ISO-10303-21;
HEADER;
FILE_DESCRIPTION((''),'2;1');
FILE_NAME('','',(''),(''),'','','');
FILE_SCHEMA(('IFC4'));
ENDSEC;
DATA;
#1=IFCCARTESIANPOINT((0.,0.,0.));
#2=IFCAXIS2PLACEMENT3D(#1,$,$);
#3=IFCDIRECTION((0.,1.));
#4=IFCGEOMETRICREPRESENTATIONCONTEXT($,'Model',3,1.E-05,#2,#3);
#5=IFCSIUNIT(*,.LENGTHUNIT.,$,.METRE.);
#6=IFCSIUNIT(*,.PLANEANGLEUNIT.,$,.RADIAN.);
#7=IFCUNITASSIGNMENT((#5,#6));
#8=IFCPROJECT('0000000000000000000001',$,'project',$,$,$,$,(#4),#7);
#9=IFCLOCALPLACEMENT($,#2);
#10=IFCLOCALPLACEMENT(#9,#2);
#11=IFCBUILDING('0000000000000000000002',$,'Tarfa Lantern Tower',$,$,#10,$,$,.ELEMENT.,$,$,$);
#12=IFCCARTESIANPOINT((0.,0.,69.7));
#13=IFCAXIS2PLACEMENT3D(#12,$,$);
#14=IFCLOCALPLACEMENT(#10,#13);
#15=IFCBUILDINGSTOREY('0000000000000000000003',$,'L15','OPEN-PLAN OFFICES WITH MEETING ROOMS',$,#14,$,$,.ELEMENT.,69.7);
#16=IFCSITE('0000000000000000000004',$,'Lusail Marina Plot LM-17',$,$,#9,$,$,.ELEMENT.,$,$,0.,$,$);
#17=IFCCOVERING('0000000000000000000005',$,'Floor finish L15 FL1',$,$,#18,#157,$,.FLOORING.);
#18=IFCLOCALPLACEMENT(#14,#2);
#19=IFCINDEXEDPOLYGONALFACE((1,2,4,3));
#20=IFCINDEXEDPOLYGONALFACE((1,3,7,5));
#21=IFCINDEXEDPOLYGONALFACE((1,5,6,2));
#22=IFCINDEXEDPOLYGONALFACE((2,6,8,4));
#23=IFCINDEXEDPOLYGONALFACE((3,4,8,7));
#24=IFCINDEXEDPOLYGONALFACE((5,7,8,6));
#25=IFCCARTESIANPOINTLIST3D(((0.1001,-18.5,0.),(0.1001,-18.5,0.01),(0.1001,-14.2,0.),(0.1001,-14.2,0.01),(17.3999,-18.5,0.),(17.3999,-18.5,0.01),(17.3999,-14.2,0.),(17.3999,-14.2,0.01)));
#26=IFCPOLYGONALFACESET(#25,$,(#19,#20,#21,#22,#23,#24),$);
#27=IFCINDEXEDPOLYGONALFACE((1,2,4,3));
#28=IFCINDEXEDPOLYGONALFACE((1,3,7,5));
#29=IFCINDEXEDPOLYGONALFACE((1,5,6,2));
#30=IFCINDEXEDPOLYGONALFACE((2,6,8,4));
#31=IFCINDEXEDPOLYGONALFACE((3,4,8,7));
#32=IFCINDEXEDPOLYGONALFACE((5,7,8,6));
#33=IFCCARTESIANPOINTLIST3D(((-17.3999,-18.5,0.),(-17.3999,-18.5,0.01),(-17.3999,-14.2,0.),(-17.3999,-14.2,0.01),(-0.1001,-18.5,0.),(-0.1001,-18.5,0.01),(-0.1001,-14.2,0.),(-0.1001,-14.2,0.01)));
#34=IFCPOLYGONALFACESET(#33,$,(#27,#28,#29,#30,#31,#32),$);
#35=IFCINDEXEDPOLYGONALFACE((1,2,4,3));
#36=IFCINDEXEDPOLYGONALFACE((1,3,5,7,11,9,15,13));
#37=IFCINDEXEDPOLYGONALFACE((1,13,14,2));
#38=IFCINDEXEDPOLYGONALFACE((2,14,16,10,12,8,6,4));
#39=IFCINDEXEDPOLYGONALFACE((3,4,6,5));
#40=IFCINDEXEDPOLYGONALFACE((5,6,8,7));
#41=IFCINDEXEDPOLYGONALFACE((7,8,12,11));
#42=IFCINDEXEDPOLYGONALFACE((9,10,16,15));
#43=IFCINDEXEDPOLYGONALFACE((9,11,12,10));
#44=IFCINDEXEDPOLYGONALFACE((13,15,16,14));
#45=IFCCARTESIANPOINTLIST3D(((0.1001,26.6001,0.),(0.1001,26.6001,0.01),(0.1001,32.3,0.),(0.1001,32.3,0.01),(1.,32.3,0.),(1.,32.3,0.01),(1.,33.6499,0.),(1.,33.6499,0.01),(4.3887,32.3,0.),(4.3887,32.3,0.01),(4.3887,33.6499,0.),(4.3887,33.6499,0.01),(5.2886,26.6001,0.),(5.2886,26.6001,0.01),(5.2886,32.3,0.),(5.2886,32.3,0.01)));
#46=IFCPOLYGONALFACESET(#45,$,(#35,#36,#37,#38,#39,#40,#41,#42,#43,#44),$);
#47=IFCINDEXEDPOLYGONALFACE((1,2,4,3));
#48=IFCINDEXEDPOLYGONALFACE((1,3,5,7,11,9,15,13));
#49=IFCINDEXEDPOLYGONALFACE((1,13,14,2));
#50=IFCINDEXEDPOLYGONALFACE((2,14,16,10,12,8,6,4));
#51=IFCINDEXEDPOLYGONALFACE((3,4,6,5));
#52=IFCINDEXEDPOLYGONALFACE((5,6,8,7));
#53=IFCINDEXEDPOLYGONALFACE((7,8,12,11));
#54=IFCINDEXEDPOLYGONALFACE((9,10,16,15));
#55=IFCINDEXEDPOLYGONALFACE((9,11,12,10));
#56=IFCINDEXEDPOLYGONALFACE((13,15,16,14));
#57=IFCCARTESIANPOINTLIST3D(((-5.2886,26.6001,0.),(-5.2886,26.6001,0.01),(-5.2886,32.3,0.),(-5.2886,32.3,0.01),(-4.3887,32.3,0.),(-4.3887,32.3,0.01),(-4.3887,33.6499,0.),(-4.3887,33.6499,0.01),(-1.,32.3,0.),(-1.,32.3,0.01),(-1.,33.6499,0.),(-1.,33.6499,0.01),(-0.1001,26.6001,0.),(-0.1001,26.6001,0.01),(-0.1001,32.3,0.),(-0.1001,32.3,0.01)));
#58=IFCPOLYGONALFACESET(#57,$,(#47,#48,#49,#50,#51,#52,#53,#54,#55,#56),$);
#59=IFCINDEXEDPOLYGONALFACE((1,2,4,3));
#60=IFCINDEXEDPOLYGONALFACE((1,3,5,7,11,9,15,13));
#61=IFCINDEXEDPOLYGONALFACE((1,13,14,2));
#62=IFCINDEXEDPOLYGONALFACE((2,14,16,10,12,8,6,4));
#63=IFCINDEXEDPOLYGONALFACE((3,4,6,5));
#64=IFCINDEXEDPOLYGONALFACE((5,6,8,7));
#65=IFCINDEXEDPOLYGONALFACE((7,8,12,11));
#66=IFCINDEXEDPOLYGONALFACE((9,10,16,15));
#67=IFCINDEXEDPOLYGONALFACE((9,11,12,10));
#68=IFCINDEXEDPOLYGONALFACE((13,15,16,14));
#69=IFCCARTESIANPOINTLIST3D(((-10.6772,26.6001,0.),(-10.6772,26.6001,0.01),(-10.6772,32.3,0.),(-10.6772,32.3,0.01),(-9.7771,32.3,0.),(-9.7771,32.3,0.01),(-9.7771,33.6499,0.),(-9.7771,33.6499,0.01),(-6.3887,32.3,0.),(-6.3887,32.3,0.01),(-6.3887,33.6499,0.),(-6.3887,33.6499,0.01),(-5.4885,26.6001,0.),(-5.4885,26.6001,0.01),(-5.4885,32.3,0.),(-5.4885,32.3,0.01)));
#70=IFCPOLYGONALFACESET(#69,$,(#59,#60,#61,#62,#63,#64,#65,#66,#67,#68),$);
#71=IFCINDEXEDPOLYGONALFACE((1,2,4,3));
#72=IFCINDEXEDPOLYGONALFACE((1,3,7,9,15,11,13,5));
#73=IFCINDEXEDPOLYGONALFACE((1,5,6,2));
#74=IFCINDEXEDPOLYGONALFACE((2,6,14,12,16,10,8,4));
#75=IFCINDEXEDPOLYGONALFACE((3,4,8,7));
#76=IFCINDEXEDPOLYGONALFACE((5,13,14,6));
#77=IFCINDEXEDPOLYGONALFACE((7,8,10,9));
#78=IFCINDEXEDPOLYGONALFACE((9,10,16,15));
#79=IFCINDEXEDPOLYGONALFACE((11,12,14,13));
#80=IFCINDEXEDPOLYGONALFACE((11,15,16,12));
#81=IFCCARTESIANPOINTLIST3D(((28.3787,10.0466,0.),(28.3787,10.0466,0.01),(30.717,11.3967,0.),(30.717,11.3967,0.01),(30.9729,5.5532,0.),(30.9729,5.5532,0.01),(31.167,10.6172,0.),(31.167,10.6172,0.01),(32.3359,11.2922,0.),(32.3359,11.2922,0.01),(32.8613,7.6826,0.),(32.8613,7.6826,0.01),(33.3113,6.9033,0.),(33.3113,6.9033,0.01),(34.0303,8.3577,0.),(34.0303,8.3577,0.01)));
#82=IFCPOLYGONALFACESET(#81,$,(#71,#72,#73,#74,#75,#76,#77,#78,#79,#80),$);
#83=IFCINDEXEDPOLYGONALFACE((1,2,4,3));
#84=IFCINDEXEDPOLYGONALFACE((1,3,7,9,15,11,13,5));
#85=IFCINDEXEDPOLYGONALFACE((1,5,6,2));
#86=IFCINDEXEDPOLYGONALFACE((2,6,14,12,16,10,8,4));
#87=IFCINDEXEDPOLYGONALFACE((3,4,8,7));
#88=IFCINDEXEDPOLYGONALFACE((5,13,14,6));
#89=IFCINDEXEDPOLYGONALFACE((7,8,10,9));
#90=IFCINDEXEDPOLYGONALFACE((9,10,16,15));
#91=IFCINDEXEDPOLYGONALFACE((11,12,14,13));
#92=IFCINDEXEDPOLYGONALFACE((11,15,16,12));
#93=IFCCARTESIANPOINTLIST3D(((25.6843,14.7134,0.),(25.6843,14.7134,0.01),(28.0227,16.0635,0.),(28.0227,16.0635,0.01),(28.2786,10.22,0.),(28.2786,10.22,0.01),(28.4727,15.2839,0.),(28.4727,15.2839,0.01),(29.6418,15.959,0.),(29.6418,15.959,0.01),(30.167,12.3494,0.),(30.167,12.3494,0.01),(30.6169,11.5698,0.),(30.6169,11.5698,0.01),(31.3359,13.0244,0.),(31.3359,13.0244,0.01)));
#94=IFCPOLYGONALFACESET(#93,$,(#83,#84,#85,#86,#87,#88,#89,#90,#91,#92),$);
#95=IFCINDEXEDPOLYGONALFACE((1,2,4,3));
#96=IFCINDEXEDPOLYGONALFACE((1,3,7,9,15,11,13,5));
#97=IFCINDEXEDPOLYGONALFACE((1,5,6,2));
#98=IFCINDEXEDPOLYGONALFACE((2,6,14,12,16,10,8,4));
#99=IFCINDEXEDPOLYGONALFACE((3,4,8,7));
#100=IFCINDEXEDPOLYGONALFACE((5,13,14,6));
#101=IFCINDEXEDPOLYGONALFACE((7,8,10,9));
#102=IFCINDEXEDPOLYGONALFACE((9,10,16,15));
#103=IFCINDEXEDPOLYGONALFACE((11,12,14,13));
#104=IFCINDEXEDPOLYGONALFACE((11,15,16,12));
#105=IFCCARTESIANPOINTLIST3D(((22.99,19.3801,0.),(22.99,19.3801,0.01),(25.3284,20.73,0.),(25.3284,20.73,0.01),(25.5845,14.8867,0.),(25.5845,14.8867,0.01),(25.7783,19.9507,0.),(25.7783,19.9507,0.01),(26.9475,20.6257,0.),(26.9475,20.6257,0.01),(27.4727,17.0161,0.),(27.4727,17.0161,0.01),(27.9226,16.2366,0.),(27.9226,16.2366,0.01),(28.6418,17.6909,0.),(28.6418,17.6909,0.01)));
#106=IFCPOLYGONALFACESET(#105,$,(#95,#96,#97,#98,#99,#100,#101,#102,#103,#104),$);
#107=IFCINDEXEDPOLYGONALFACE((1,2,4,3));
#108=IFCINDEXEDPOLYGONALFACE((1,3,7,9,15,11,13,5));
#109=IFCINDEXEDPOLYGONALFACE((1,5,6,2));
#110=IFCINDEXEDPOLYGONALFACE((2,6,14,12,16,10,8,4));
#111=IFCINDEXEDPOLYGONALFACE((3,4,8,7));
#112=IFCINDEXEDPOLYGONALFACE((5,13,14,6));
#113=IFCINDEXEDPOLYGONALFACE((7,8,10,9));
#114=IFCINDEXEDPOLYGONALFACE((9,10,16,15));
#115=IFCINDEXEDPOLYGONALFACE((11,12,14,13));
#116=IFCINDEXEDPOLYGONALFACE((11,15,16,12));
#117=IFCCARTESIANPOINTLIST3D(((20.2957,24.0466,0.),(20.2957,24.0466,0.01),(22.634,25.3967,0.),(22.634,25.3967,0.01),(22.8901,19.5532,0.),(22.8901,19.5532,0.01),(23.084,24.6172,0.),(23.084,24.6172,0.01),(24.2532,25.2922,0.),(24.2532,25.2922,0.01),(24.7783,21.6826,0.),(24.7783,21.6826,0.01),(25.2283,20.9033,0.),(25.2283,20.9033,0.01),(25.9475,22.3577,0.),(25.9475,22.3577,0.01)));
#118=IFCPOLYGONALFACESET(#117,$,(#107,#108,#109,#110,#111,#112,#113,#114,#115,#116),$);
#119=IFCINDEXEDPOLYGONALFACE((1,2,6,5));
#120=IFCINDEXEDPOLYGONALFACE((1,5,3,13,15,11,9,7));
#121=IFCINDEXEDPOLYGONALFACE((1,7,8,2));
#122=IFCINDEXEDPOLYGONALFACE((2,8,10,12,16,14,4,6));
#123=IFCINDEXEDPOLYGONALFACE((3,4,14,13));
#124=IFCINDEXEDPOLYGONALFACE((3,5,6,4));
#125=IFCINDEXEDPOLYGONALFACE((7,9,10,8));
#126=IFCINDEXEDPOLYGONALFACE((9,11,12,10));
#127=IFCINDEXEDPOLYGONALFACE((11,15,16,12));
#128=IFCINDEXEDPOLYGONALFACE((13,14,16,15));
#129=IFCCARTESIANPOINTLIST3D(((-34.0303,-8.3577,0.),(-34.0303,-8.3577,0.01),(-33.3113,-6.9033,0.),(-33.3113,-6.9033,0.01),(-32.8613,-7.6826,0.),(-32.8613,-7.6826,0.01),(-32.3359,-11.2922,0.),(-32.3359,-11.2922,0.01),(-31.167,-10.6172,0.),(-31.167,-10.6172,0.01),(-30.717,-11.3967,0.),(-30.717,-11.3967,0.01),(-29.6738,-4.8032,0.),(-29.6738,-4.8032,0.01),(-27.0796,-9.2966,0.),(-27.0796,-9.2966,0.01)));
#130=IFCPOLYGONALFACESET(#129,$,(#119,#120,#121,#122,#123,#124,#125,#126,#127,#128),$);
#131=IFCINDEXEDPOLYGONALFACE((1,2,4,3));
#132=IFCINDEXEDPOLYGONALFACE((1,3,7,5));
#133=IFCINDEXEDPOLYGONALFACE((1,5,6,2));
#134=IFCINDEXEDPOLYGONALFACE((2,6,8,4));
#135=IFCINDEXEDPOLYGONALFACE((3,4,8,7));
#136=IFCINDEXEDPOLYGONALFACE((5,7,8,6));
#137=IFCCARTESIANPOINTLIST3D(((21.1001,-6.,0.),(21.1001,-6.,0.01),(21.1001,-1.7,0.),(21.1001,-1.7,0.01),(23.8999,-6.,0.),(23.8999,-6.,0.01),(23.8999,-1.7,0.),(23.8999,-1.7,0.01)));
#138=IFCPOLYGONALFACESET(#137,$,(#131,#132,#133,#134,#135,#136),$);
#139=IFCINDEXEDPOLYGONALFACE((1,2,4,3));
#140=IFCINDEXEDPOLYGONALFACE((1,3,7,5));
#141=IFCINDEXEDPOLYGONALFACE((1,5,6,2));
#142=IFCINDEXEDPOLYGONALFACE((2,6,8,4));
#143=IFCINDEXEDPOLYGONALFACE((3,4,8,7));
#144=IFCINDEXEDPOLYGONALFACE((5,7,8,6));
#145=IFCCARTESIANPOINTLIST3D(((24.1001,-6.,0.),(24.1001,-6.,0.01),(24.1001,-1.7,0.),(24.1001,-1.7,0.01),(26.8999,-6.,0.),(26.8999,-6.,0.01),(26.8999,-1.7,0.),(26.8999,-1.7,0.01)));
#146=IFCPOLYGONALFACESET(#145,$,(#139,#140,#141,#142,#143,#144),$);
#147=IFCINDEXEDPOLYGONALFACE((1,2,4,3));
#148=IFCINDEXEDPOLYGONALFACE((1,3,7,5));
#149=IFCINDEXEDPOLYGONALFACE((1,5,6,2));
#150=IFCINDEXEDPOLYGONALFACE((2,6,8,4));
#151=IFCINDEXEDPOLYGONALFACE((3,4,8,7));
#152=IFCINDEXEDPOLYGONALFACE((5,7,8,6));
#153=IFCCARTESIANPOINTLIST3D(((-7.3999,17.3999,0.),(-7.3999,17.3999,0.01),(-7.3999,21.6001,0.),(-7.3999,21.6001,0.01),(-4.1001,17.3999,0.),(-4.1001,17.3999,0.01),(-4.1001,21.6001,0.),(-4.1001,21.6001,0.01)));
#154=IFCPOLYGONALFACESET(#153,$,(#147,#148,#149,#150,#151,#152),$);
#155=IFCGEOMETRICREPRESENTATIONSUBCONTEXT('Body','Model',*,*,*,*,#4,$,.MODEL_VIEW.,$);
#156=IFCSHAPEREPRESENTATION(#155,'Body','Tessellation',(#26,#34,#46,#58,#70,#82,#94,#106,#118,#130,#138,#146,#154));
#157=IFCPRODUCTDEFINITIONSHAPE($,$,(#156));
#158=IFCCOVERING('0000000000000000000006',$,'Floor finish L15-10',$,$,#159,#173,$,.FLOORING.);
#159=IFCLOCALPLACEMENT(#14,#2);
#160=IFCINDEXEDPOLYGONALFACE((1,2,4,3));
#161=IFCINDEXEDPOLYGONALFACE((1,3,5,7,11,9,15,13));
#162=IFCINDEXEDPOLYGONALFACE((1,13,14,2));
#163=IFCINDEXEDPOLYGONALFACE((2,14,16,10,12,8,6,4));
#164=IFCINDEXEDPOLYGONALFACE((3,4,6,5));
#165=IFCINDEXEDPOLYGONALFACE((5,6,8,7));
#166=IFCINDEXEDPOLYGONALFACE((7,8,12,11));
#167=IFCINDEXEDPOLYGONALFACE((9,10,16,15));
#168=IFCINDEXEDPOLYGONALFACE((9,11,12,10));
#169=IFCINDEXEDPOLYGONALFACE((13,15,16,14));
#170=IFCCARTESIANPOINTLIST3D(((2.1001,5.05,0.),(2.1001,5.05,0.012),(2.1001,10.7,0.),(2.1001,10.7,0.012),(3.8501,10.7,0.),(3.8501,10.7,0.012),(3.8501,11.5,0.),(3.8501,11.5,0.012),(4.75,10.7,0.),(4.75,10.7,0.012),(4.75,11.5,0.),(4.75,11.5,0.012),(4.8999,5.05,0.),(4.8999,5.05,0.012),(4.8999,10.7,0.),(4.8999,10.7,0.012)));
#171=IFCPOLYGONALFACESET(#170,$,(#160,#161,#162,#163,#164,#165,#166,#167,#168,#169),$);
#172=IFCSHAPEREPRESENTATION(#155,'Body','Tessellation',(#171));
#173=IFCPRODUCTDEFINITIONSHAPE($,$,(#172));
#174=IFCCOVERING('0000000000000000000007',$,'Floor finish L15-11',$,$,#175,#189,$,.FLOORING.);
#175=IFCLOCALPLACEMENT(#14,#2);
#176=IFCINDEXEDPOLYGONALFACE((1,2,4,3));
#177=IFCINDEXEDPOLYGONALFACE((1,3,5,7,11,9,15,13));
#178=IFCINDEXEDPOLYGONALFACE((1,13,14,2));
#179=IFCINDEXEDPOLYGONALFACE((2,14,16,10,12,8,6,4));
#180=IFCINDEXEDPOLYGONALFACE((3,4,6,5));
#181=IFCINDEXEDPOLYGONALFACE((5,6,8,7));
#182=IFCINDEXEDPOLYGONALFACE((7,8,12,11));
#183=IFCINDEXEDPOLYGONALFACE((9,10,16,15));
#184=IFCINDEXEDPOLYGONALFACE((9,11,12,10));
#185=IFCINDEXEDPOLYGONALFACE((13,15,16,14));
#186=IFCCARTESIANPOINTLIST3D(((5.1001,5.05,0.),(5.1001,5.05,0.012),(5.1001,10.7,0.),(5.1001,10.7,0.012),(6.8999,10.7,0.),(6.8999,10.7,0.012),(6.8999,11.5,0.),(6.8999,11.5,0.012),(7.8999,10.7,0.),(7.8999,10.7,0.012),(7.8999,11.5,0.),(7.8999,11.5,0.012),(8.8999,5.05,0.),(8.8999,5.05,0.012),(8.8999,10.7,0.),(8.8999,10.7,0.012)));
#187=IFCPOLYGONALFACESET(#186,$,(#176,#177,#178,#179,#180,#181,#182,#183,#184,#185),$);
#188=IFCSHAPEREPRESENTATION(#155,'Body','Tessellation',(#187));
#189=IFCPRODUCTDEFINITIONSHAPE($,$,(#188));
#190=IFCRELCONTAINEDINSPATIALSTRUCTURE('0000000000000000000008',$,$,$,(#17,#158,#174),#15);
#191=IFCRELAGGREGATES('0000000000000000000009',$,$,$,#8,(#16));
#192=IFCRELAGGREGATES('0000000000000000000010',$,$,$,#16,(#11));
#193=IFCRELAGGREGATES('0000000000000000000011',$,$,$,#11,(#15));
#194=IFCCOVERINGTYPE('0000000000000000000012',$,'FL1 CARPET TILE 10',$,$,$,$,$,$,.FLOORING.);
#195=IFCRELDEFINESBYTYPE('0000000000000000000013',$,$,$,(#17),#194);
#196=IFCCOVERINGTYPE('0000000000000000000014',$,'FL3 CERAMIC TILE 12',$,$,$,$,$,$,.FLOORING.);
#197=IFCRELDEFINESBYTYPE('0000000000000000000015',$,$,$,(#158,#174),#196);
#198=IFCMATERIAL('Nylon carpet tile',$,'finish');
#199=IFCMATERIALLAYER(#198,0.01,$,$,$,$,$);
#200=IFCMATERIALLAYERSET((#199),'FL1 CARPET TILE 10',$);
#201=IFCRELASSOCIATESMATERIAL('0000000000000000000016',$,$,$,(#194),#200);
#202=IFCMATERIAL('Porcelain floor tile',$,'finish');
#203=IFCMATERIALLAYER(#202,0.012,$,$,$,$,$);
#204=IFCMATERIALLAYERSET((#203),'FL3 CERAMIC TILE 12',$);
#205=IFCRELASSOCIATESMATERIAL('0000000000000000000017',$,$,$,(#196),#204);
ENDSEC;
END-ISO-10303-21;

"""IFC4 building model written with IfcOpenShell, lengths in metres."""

from ifc_helpers import new_model, si_unit, direction, frame, origin, place, context, subcontext, project, spatial, polyline, outline, extrude, material, layer, layer_set, type_object, element, save


model = new_model("IFC4")

# Units and contexts
model_context = context("Model", 3, precision=1e-05, world=origin(), true_north=direction((0.0, 1.0)))
body_context = subcontext(model_context, "Body", "Model", "MODEL_VIEW")
ifc_project = project(units=[si_unit("LENGTHUNIT", "METRE"), si_unit("PLANEANGLEUNIT", "RADIAN")], contexts=[model_context])

# Site, building, storey
site_placement = place(None, origin())
site = spatial("IfcSite", under=ifc_project, at=site_placement, Name="Lusail Marina Plot LM-17", CompositionType="ELEMENT", RefElevation=0.0)
building_placement = place(site_placement, origin())
building = spatial("IfcBuilding", under=site, at=building_placement, Name="Tarfa Lantern Tower", CompositionType="ELEMENT")
storey_placement = place(building_placement, frame((0.0, 0.0, 69.7)))
storey = spatial("IfcBuildingStorey", under=building, at=storey_placement, Name="L15", Description="OPEN-PLAN OFFICES WITH MEETING ROOMS", CompositionType="ELEMENT", Elevation=69.7)

# Coverings
ifc_material_1 = material(Name="Nylon carpet tile", Category="finish")
ifc_layer_1 = layer(ifc_material_1, 0.01)
ifc_layer_set_1 = layer_set([ifc_layer_1], Name="FL1 CARPET TILE 10")
covering_type_1 = type_object("IfcCoveringType", Name="FL1 CARPET TILE 10", PredefinedType="FLOORING", material=ifc_layer_set_1)
covering_1_placement = place(storey_placement, origin())
element("IfcCovering", 1, at=covering_1_placement, inside=storey, type_object=covering_type_1, Name="Floor finish L15 FL1", PredefinedType="FLOORING", context=body_context, shape_type="SweptSolid", body=[
    extrude(outline(polyline([(0.1001, -14.2), (17.3999, -14.2), (17.3999, -18.5), (0.1001, -18.5), (0.1001, -14.2)])), origin(), (0.0, 0.0, 1.0), 0.01),
    extrude(outline(polyline([(-17.3999, -14.2), (-0.1001, -14.2), (-0.1001, -18.5), (-17.3999, -18.5), (-17.3999, -14.2)])), origin(), (0.0, 0.0, 1.0), 0.01),
    extrude(outline(polyline([(5.2886, 26.6001), (0.1001, 26.6001), (0.1001, 32.3), (1.0, 32.3), (1.0, 33.6499), (4.3887, 33.6499), (4.3887, 32.3), (5.2886, 32.3), (5.2886, 26.6001)])), origin(), (0.0, 0.0, 1.0), 0.01),
    extrude(outline(polyline([(-0.1001, 26.6001), (-5.2886, 26.6001), (-5.2886, 32.3), (-4.3887, 32.3), (-4.3887, 33.6499), (-1.0, 33.6499), (-1.0, 32.3), (-0.1001, 32.3), (-0.1001, 26.6001)])), origin(), (0.0, 0.0, 1.0), 0.01),
    extrude(outline(polyline([(-5.4885, 26.6001), (-10.6772, 26.6001), (-10.6772, 32.3), (-9.7771, 32.3), (-9.7771, 33.6499), (-6.3887, 33.6499), (-6.3887, 32.3), (-5.4885, 32.3), (-5.4885, 26.6001)])), origin(), (0.0, 0.0, 1.0), 0.01),
    extrude(outline(polyline([(28.3787, 10.0466), (30.717, 11.3967), (31.167, 10.6172), (32.3359, 11.2922), (34.0303, 8.3577), (32.8613, 7.6826), (33.3113, 6.9033), (30.9729, 5.5532), (28.3787, 10.0466)])), origin(), (0.0, 0.0, 1.0), 0.01),
    extrude(outline(polyline([(25.6843, 14.7134), (28.0227, 16.0635), (28.4727, 15.2839), (29.6418, 15.959), (31.3359, 13.0244), (30.167, 12.3494), (30.6169, 11.5698), (28.2786, 10.22), (25.6843, 14.7134)])), origin(), (0.0, 0.0, 1.0), 0.01),
    extrude(outline(polyline([(22.99, 19.3801), (25.3284, 20.73), (25.7783, 19.9507), (26.9475, 20.6257), (28.6418, 17.6909), (27.4727, 17.0161), (27.9226, 16.2366), (25.5845, 14.8867), (22.99, 19.3801)])), origin(), (0.0, 0.0, 1.0), 0.01),
    extrude(outline(polyline([(20.2957, 24.0466), (22.634, 25.3967), (23.084, 24.6172), (24.2532, 25.2922), (25.9475, 22.3577), (24.7783, 21.6826), (25.2283, 20.9033), (22.8901, 19.5532), (20.2957, 24.0466)])), origin(), (0.0, 0.0, 1.0), 0.01),
    extrude(outline(polyline([(-27.0796, -9.2966), (-30.717, -11.3967), (-31.167, -10.6172), (-32.3359, -11.2922), (-34.0303, -8.3577), (-32.8613, -7.6826), (-33.3113, -6.9033), (-29.6738, -4.8032), (-27.0796, -9.2966)])), origin(), (0.0, 0.0, 1.0), 0.01),
    extrude(outline(polyline([(21.1001, -1.7), (23.8999, -1.7), (23.8999, -6.0), (21.1001, -6.0), (21.1001, -1.7)])), origin(), (0.0, 0.0, 1.0), 0.01),
    extrude(outline(polyline([(24.1001, -1.7), (26.8999, -1.7), (26.8999, -6.0), (24.1001, -6.0), (24.1001, -1.7)])), origin(), (0.0, 0.0, 1.0), 0.01),
    extrude(outline(polyline([(-7.3999, 21.6001), (-4.1001, 21.6001), (-4.1001, 17.3999), (-7.3999, 17.3999), (-7.3999, 21.6001)])), origin(), (0.0, 0.0, 1.0), 0.01),
])
ifc_material_2 = material(Name="Porcelain floor tile", Category="finish")
ifc_layer_2 = layer(ifc_material_2, 0.012)
ifc_layer_set_2 = layer_set([ifc_layer_2], Name="FL3 CERAMIC TILE 12")
covering_type_2 = type_object("IfcCoveringType", Name="FL3 CERAMIC TILE 12", PredefinedType="FLOORING", material=ifc_layer_set_2)
covering_2_placement = place(storey_placement, origin())
element("IfcCovering", 2, at=covering_2_placement, inside=storey, type_object=covering_type_2, Name="Floor finish L15-10", PredefinedType="FLOORING", context=body_context, shape_type="SweptSolid", body=[
    extrude(outline(polyline([(2.1001, 5.05), (4.8999, 5.05), (4.8999, 10.7), (4.75, 10.7), (4.75, 11.5), (3.8501, 11.5), (3.8501, 10.7), (2.1001, 10.7), (2.1001, 5.05)])), origin(), (0.0, 0.0, 1.0), 0.012),
])
covering_3_placement = place(storey_placement, origin())
element("IfcCovering", 3, at=covering_3_placement, inside=storey, type_object=covering_type_2, Name="Floor finish L15-11", PredefinedType="FLOORING", context=body_context, shape_type="SweptSolid", body=[
    extrude(outline(polyline([(5.1001, 5.05), (8.8999, 5.05), (8.8999, 10.7), (7.8999, 10.7), (7.8999, 11.5), (6.8999, 11.5), (6.8999, 10.7), (5.1001, 10.7), (5.1001, 5.05)])), origin(), (0.0, 0.0, 1.0), 0.012),
])

save(model, "model.ifc")
